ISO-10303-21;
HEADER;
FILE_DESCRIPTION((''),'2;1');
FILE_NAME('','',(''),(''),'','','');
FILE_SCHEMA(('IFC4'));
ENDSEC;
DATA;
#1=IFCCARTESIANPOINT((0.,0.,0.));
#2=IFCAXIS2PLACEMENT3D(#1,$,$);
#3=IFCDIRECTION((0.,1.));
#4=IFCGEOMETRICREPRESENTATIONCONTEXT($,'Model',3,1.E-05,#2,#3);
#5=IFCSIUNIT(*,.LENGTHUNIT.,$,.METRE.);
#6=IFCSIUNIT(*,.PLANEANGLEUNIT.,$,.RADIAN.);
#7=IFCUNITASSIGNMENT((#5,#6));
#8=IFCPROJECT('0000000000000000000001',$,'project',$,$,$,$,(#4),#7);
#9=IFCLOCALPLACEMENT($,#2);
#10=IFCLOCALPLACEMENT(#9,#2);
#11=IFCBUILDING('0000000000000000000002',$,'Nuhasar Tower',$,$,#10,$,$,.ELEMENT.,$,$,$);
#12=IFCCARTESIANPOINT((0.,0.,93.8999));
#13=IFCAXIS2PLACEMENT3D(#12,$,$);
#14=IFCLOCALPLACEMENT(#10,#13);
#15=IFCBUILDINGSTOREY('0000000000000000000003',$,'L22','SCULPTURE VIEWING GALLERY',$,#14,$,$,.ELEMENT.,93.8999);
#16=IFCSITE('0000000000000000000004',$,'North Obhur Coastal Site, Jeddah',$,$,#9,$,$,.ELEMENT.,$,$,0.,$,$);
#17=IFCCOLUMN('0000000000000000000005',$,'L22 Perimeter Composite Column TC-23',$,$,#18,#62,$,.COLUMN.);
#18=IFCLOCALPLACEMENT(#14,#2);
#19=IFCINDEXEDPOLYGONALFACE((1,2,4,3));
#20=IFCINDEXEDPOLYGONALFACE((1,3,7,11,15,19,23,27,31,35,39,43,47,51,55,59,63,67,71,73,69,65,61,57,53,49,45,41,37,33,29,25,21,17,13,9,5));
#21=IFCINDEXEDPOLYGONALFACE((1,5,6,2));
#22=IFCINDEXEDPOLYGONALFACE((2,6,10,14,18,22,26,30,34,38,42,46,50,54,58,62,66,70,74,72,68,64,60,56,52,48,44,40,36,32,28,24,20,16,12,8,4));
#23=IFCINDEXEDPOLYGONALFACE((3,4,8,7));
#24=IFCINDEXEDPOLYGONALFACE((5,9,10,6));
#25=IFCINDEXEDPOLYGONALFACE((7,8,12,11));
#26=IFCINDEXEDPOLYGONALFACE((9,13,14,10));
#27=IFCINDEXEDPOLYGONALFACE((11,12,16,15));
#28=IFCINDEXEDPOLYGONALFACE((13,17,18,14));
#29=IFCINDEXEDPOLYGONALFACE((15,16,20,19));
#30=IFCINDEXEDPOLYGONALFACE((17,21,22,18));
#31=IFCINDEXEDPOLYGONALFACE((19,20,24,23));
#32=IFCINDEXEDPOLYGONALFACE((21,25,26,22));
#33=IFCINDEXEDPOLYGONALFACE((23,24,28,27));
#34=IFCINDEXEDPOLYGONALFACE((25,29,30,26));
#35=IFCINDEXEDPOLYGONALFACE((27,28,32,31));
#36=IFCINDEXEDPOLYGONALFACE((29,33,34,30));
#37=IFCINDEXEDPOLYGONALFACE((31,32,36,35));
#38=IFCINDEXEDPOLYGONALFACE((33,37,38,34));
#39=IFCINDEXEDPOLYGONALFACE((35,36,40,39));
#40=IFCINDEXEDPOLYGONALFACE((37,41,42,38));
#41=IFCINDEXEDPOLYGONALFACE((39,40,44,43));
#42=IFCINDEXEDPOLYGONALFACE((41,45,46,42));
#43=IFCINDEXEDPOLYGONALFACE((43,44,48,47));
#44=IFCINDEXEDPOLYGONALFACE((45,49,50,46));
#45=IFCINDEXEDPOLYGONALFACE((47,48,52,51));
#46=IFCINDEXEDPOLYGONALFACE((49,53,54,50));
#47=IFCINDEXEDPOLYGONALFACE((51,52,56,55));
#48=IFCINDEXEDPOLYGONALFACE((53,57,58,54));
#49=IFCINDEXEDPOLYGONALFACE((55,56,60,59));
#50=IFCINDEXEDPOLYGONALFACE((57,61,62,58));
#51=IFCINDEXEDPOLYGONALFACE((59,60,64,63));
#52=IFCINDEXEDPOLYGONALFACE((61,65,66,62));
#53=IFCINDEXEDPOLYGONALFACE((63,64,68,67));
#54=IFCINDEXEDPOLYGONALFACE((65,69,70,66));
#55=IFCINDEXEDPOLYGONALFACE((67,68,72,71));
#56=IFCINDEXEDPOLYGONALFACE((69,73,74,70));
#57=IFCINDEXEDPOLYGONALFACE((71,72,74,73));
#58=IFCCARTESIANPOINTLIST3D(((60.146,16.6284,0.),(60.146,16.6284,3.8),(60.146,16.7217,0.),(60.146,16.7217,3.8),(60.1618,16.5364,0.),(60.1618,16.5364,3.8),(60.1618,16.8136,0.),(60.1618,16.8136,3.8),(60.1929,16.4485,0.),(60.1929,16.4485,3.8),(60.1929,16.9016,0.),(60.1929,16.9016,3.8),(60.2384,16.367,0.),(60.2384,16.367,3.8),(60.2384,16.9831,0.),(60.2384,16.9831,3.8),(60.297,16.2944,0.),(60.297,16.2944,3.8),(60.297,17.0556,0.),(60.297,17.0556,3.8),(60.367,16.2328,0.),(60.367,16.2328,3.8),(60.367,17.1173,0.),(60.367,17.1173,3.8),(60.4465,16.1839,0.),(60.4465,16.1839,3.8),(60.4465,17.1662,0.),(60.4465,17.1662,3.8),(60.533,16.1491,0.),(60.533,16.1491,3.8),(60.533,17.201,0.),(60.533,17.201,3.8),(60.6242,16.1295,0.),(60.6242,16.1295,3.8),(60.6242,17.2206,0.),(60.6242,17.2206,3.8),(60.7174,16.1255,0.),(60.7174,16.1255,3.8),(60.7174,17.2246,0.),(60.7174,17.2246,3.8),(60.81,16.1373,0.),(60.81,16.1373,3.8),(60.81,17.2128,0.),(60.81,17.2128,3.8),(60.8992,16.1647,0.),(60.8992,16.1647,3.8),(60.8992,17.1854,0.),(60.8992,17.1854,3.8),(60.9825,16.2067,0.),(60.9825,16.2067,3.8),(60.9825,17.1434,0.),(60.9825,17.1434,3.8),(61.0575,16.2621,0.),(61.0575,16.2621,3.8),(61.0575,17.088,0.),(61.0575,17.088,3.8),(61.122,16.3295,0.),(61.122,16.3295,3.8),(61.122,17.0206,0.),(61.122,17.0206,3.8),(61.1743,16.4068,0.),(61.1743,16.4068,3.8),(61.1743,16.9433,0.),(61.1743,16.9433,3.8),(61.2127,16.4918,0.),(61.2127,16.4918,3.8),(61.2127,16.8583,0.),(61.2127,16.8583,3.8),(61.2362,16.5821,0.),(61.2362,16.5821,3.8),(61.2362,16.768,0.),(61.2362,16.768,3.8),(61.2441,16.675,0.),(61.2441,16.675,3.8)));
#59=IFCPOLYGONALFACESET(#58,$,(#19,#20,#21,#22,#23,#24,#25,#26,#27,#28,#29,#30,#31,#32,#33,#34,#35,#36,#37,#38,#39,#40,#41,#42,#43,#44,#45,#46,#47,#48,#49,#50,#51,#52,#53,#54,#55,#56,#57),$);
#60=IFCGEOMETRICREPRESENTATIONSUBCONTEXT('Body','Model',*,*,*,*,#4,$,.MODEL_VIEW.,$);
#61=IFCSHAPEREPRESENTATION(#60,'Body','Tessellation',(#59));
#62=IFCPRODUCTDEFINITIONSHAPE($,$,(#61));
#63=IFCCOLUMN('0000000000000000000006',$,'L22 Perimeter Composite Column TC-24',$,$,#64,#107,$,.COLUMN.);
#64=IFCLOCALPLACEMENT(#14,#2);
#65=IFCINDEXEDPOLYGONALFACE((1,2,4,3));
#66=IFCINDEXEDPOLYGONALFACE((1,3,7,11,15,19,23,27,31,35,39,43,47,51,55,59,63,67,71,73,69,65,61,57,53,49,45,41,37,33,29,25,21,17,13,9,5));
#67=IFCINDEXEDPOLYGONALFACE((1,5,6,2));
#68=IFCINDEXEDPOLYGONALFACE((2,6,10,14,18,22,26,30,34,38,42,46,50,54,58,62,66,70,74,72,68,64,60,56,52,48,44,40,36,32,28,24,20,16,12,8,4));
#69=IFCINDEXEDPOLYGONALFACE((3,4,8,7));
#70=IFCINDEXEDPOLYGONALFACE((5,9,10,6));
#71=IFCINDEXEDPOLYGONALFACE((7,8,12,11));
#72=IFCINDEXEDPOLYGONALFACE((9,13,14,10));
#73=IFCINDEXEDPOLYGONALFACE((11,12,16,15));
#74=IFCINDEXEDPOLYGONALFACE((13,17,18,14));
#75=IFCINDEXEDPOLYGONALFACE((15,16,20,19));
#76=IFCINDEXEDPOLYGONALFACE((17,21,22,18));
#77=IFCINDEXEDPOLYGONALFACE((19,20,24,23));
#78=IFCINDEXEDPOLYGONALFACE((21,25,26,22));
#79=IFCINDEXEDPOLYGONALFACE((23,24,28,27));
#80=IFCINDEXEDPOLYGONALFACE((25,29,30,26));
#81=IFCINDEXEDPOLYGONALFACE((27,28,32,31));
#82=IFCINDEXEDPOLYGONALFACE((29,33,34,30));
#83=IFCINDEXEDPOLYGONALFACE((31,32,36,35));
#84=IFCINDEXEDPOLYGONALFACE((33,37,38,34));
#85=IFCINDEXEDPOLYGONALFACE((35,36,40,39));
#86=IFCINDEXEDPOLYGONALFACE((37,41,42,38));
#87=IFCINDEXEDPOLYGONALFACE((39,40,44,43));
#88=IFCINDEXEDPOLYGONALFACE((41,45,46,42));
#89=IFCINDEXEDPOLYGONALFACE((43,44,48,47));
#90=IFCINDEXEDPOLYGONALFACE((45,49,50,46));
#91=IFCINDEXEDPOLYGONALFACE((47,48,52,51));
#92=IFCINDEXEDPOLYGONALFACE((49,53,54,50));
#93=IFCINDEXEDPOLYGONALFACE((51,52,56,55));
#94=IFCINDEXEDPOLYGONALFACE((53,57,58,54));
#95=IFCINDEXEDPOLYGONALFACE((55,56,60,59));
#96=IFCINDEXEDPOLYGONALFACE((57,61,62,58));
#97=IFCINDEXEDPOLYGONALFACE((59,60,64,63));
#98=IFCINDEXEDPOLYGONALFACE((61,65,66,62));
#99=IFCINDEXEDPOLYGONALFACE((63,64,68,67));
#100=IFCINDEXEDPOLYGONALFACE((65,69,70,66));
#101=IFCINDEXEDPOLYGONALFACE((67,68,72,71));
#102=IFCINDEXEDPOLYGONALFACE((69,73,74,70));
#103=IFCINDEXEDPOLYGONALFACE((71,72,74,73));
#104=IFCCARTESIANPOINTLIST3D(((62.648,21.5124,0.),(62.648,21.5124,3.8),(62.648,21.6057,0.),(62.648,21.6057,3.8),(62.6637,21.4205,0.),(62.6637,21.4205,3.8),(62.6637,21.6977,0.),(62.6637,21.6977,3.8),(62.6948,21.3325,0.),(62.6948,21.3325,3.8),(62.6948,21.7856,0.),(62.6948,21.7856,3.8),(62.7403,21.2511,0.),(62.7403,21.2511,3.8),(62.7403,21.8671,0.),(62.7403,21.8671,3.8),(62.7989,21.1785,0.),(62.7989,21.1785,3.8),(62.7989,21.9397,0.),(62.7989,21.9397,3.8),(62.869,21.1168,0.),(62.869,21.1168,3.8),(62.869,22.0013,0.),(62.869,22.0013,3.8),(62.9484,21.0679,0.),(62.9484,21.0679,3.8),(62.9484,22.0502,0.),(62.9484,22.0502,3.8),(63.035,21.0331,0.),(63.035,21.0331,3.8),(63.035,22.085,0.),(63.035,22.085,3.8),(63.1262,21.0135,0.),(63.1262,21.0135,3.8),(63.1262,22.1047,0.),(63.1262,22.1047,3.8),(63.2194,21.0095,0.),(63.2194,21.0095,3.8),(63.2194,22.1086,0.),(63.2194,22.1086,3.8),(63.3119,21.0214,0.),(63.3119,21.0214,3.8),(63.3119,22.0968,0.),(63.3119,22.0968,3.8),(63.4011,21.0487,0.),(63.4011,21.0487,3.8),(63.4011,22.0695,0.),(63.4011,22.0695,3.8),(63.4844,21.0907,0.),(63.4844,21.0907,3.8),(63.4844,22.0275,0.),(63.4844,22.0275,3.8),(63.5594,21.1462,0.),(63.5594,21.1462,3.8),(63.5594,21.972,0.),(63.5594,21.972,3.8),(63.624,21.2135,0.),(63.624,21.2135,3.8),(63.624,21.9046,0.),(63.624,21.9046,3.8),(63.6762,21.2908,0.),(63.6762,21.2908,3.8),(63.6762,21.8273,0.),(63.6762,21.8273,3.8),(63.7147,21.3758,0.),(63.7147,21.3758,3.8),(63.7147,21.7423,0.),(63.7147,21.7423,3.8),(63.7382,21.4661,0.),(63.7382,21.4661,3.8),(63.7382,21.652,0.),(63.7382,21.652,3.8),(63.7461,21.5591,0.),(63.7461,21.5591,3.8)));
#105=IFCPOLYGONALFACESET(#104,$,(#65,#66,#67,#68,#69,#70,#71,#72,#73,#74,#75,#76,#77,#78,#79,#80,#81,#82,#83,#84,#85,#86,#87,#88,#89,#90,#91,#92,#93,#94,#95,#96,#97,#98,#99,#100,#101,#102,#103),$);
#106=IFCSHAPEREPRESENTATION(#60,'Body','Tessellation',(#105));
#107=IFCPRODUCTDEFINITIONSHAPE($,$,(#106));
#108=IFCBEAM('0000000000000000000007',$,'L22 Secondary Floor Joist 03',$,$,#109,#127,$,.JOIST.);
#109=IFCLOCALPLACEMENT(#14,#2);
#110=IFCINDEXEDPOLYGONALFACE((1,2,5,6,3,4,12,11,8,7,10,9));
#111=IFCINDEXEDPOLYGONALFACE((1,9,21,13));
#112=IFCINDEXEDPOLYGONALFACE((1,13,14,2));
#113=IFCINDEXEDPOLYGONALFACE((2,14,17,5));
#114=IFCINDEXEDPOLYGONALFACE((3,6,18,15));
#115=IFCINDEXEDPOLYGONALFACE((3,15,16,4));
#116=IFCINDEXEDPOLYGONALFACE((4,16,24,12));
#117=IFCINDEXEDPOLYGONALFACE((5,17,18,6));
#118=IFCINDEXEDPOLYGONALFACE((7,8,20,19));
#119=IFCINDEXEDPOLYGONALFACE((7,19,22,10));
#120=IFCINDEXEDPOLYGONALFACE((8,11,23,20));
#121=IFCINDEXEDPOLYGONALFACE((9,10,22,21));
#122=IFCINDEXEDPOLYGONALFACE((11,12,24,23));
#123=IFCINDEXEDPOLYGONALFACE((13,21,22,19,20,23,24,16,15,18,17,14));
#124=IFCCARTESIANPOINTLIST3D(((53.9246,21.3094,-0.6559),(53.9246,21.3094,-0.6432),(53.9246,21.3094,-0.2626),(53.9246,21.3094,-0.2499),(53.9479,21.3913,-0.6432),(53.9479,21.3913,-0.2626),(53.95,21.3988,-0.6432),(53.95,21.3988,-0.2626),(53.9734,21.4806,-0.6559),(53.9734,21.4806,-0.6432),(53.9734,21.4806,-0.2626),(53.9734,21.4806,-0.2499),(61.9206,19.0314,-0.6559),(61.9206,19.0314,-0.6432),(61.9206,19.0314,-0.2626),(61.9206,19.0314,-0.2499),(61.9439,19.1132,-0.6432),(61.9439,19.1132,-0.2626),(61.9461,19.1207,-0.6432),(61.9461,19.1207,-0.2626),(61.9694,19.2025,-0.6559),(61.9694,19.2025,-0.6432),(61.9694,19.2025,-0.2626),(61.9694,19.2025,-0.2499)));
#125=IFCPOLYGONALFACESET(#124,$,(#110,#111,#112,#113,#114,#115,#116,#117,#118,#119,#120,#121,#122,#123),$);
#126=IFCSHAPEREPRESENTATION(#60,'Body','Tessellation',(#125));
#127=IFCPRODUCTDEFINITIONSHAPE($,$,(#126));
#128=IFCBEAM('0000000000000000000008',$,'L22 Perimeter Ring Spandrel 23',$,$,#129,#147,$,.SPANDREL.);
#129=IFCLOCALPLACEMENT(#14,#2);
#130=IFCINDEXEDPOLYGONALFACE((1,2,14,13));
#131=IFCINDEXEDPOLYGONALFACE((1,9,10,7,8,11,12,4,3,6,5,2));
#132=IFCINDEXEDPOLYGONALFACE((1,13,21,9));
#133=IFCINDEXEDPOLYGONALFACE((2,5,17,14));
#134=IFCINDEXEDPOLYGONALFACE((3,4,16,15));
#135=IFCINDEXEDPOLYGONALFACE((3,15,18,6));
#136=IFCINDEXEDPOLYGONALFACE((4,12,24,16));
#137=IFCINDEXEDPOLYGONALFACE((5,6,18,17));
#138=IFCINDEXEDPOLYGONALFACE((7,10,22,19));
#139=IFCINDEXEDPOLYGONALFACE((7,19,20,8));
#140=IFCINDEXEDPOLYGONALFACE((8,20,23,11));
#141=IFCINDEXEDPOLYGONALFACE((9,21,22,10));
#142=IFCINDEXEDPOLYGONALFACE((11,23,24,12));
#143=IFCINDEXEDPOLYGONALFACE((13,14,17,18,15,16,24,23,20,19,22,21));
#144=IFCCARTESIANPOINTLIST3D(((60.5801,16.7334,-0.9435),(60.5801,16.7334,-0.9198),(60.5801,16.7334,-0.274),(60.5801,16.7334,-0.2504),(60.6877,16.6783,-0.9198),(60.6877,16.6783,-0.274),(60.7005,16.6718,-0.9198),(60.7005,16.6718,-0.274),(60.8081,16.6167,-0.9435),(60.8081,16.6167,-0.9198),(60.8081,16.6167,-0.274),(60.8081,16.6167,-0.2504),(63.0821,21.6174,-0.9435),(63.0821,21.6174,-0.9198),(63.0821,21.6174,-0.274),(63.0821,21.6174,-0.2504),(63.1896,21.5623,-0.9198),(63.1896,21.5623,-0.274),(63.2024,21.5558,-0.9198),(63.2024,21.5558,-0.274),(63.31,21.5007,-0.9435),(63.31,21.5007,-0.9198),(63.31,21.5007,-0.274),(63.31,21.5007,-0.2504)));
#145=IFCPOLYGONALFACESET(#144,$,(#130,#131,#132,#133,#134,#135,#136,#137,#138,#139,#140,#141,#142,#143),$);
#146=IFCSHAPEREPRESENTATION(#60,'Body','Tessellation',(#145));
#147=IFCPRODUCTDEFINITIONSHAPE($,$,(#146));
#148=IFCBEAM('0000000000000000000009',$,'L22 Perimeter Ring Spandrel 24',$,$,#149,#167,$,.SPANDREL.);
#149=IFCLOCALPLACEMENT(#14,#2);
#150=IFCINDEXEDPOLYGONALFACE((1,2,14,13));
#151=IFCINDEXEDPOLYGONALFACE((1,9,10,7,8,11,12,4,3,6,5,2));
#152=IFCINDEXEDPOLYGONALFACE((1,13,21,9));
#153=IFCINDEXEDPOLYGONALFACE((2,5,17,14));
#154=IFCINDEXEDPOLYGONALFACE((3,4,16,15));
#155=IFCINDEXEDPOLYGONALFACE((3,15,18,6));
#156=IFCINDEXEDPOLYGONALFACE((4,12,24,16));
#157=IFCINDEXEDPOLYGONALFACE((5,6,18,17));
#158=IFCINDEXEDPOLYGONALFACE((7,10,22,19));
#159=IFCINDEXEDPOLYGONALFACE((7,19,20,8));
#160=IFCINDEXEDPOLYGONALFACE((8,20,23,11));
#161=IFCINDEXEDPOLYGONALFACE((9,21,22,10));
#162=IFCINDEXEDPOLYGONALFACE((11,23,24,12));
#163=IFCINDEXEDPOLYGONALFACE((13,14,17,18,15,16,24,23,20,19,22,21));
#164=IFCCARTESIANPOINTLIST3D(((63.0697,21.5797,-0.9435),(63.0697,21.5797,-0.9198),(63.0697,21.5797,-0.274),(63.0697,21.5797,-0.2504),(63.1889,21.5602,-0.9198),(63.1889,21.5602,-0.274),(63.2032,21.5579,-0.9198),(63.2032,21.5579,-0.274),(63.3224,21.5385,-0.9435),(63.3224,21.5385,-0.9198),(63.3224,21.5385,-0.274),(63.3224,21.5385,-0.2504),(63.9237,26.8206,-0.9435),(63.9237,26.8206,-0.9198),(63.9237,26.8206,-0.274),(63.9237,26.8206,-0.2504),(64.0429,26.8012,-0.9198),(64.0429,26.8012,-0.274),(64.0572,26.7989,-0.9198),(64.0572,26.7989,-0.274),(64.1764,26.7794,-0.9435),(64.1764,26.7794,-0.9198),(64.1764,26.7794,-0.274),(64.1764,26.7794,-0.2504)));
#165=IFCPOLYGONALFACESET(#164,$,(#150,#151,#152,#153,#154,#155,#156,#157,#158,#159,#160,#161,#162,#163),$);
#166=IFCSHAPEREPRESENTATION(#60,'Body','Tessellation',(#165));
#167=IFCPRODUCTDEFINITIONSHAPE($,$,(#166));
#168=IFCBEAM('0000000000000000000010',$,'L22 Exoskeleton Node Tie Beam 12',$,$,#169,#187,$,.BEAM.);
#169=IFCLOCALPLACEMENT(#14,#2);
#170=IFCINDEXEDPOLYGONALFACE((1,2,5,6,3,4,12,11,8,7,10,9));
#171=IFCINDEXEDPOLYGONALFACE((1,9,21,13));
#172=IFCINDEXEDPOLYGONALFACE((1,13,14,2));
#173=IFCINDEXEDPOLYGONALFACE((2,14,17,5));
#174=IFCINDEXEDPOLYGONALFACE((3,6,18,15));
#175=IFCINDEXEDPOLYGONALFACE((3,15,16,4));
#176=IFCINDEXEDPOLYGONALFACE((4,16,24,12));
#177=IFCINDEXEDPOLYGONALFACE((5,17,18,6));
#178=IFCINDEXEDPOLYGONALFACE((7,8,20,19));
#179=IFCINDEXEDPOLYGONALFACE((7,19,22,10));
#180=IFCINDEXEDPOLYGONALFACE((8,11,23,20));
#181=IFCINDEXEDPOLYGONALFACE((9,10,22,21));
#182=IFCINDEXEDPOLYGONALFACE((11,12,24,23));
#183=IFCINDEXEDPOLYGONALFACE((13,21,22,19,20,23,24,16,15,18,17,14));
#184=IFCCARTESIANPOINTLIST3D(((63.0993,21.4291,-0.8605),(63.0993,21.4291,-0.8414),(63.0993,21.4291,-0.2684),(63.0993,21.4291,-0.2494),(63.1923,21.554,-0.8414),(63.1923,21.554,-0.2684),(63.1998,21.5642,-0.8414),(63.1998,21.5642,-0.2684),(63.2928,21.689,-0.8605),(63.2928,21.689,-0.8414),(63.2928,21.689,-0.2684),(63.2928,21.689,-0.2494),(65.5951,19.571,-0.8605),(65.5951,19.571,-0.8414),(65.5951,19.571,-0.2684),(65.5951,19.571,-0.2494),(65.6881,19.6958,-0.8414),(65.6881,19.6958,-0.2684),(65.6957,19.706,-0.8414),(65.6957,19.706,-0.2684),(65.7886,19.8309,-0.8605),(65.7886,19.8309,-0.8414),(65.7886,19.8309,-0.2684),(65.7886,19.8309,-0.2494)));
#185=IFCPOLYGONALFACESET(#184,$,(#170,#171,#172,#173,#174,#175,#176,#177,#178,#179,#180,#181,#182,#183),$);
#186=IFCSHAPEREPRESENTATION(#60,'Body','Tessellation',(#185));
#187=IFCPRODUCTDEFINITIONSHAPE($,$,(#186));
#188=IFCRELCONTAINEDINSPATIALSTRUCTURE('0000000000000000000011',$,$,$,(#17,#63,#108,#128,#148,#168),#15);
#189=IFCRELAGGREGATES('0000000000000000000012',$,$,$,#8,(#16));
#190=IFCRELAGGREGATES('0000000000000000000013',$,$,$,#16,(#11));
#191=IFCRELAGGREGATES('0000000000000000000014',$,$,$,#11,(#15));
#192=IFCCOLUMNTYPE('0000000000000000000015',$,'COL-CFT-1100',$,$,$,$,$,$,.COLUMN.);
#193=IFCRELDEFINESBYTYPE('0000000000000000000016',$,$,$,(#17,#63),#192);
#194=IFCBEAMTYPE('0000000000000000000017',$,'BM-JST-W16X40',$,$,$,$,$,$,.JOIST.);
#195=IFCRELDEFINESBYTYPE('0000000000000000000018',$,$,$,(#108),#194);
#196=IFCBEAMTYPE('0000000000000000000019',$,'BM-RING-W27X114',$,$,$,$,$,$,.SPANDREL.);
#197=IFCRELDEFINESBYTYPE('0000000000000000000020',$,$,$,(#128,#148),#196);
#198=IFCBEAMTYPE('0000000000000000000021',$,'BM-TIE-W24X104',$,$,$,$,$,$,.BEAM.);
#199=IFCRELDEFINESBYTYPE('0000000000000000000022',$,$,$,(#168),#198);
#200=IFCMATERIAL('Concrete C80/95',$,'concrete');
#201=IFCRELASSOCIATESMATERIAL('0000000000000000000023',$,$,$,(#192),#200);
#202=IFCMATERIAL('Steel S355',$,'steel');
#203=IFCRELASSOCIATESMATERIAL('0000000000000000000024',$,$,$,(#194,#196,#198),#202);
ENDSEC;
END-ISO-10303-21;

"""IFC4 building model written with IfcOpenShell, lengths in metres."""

from ifc_helpers import new_model, si_unit, direction, frame, origin, origin_2d, place, context, subcontext, project, spatial, circle, i_section, extrude, material, material_profile, profile_set, type_object, element, save


model = new_model("IFC4")

# Units and contexts
model_context = context("Model", 3, precision=1e-05, world=origin(), true_north=direction((0.0, 1.0)))
body_context = subcontext(model_context, "Body", "Model", "MODEL_VIEW")
ifc_project = project(units=[si_unit("LENGTHUNIT", "METRE"), si_unit("PLANEANGLEUNIT", "RADIAN")], contexts=[model_context])

# Site, building, storey
site_placement = place(None, origin())
site = spatial("IfcSite", under=ifc_project, at=site_placement, Name="North Obhur Coastal Site, Jeddah", CompositionType="ELEMENT", RefElevation=0.0)
building_placement = place(site_placement, origin())
building = spatial("IfcBuilding", under=site, at=building_placement, Name="Nuhasar Tower", CompositionType="ELEMENT")
storey_placement = place(building_placement, frame((0.0, 0.0, 93.8999)))
storey = spatial("IfcBuildingStorey", under=building, at=storey_placement, Name="L22", Description="SCULPTURE VIEWING GALLERY", CompositionType="ELEMENT", Elevation=93.8999)

# Columns
ifc_material_1 = material(Name="Concrete C80/95", Category="concrete")
ifc_material_profile_1 = material_profile(ifc_material_1, circle(Radius=0.55, at=origin_2d()), Name="CFT1100")
ifc_profile_set_1 = profile_set([ifc_material_profile_1], Name="Concrete C80/95")
column_type = type_object("IfcColumnType", Name="COL-CFT-1100", PredefinedType="COLUMN", material=ifc_profile_set_1)
for number, where, z_axis, x_axis, name in (
    (1, (60.6941, 16.675, 0.0), (0.0, 0.0, 1.0), (1.0, 0.0, 0.0), "L22 Perimeter Composite Column TC-23"),
    (2, (63.196, 21.5591, 0.0), (0.0, 0.0, 1.0), (1.0, 0.0, 0.0), "L22 Perimeter Composite Column TC-24"),
):
    element("IfcColumn", number, at=place(storey_placement, frame(where, z_axis=z_axis, x_axis=x_axis)), inside=storey, type_object=column_type, Name=name, PredefinedType="COLUMN", context=body_context, shape_type="SweptSolid", body=[
        extrude(circle(Radius=0.55, at=origin_2d()), origin(), (0.0, 0.0, 1.0), 3.8),
    ])

# Beams
ifc_material_2 = material(Name="Steel S355", Category="steel")
ifc_material_profile_2 = material_profile(ifc_material_2, i_section(OverallWidth=0.178, OverallDepth=0.406, WebThickness=0.0078, FlangeThickness=0.0127, at=origin_2d()), Name="W16X40")
ifc_profile_set_2 = profile_set([ifc_material_profile_2], Name="Steel S355")
beam_type_1 = type_object("IfcBeamType", Name="BM-JST-W16X40", PredefinedType="JOIST", material=ifc_profile_set_2)
beam_1_placement = place(storey_placement, frame((53.949, 21.395, -0.4529), z_axis=(0.961731, -0.273996, 0.0), x_axis=(0.273996, 0.961731, 0.0)))
element("IfcBeam", 3, at=beam_1_placement, inside=storey, type_object=beam_type_1, Name="L22 Secondary Floor Joist 03", PredefinedType="JOIST", context=body_context, shape_type="SweptSolid", body=[
    extrude(i_section(OverallWidth=0.178, OverallDepth=0.406, WebThickness=0.0078, FlangeThickness=0.0127, at=origin_2d()), origin(), (0.0, 0.0, 1.0), 8.3142),
])
ifc_material_profile_3 = material_profile(ifc_material_2, i_section(OverallWidth=0.2561, OverallDepth=0.6931, WebThickness=0.0144, FlangeThickness=0.0237, at=origin_2d()), Name="W27X114")
ifc_profile_set_3 = profile_set([ifc_material_profile_3], Name="Steel S355")
beam_type_2 = type_object("IfcBeamType", Name="BM-RING-W27X114", PredefinedType="SPANDREL", material=ifc_profile_set_3)
beam_2_placement = place(storey_placement, frame((60.6941, 16.675, -0.5969), z_axis=(0.45593, 0.890016, 0.0), x_axis=(-0.890016, 0.45593, 0.0)))
element("IfcBeam", 4, at=beam_2_placement, inside=storey, type_object=beam_type_2, Name="L22 Perimeter Ring Spandrel 23", PredefinedType="SPANDREL", context=body_context, shape_type="SweptSolid", body=[
    extrude(i_section(OverallWidth=0.2561, OverallDepth=0.6931, WebThickness=0.0144, FlangeThickness=0.0237, at=origin_2d()), origin(), (0.0, 0.0, 1.0), 5.4875),
])
beam_3_placement = place(storey_placement, frame((63.196, 21.5591, -0.5969), z_axis=(0.160827, 0.986983, 0.0), x_axis=(-0.986983, 0.160827, 0.0)))
element("IfcBeam", 5, at=beam_3_placement, inside=storey, type_object=beam_type_2, Name="L22 Perimeter Ring Spandrel 24", PredefinedType="SPANDREL", context=body_context, shape_type="SweptSolid", body=[
    extrude(i_section(OverallWidth=0.2561, OverallDepth=0.6931, WebThickness=0.0144, FlangeThickness=0.0237, at=origin_2d()), origin(), (0.0, 0.0, 1.0), 5.3101),
])
ifc_material_profile_4 = material_profile(ifc_material_2, i_section(OverallWidth=0.324, OverallDepth=0.6111, WebThickness=0.0127, FlangeThickness=0.019, at=origin_2d()), Name="W24X104")
ifc_profile_set_4 = profile_set([ifc_material_profile_4], Name="Steel S355")
beam_type_3 = type_object("IfcBeamType", Name="BM-TIE-W24X104", PredefinedType="BEAM", material=ifc_profile_set_4)
beam_4_placement = place(storey_placement, frame((63.196, 21.5591, -0.5549), z_axis=(0.802113, -0.597172, 0.0), x_axis=(0.597172, 0.802113, 0.0)))
element("IfcBeam", 6, at=beam_4_placement, inside=storey, type_object=beam_type_3, Name="L22 Exoskeleton Node Tie Beam 12", PredefinedType="BEAM", context=body_context, shape_type="SweptSolid", body=[
    extrude(i_section(OverallWidth=0.324, OverallDepth=0.6111, WebThickness=0.0127, FlangeThickness=0.019, at=origin_2d()), origin(), (0.0, 0.0, 1.0), 3.1116),
])

save(model, "model.ifc")
